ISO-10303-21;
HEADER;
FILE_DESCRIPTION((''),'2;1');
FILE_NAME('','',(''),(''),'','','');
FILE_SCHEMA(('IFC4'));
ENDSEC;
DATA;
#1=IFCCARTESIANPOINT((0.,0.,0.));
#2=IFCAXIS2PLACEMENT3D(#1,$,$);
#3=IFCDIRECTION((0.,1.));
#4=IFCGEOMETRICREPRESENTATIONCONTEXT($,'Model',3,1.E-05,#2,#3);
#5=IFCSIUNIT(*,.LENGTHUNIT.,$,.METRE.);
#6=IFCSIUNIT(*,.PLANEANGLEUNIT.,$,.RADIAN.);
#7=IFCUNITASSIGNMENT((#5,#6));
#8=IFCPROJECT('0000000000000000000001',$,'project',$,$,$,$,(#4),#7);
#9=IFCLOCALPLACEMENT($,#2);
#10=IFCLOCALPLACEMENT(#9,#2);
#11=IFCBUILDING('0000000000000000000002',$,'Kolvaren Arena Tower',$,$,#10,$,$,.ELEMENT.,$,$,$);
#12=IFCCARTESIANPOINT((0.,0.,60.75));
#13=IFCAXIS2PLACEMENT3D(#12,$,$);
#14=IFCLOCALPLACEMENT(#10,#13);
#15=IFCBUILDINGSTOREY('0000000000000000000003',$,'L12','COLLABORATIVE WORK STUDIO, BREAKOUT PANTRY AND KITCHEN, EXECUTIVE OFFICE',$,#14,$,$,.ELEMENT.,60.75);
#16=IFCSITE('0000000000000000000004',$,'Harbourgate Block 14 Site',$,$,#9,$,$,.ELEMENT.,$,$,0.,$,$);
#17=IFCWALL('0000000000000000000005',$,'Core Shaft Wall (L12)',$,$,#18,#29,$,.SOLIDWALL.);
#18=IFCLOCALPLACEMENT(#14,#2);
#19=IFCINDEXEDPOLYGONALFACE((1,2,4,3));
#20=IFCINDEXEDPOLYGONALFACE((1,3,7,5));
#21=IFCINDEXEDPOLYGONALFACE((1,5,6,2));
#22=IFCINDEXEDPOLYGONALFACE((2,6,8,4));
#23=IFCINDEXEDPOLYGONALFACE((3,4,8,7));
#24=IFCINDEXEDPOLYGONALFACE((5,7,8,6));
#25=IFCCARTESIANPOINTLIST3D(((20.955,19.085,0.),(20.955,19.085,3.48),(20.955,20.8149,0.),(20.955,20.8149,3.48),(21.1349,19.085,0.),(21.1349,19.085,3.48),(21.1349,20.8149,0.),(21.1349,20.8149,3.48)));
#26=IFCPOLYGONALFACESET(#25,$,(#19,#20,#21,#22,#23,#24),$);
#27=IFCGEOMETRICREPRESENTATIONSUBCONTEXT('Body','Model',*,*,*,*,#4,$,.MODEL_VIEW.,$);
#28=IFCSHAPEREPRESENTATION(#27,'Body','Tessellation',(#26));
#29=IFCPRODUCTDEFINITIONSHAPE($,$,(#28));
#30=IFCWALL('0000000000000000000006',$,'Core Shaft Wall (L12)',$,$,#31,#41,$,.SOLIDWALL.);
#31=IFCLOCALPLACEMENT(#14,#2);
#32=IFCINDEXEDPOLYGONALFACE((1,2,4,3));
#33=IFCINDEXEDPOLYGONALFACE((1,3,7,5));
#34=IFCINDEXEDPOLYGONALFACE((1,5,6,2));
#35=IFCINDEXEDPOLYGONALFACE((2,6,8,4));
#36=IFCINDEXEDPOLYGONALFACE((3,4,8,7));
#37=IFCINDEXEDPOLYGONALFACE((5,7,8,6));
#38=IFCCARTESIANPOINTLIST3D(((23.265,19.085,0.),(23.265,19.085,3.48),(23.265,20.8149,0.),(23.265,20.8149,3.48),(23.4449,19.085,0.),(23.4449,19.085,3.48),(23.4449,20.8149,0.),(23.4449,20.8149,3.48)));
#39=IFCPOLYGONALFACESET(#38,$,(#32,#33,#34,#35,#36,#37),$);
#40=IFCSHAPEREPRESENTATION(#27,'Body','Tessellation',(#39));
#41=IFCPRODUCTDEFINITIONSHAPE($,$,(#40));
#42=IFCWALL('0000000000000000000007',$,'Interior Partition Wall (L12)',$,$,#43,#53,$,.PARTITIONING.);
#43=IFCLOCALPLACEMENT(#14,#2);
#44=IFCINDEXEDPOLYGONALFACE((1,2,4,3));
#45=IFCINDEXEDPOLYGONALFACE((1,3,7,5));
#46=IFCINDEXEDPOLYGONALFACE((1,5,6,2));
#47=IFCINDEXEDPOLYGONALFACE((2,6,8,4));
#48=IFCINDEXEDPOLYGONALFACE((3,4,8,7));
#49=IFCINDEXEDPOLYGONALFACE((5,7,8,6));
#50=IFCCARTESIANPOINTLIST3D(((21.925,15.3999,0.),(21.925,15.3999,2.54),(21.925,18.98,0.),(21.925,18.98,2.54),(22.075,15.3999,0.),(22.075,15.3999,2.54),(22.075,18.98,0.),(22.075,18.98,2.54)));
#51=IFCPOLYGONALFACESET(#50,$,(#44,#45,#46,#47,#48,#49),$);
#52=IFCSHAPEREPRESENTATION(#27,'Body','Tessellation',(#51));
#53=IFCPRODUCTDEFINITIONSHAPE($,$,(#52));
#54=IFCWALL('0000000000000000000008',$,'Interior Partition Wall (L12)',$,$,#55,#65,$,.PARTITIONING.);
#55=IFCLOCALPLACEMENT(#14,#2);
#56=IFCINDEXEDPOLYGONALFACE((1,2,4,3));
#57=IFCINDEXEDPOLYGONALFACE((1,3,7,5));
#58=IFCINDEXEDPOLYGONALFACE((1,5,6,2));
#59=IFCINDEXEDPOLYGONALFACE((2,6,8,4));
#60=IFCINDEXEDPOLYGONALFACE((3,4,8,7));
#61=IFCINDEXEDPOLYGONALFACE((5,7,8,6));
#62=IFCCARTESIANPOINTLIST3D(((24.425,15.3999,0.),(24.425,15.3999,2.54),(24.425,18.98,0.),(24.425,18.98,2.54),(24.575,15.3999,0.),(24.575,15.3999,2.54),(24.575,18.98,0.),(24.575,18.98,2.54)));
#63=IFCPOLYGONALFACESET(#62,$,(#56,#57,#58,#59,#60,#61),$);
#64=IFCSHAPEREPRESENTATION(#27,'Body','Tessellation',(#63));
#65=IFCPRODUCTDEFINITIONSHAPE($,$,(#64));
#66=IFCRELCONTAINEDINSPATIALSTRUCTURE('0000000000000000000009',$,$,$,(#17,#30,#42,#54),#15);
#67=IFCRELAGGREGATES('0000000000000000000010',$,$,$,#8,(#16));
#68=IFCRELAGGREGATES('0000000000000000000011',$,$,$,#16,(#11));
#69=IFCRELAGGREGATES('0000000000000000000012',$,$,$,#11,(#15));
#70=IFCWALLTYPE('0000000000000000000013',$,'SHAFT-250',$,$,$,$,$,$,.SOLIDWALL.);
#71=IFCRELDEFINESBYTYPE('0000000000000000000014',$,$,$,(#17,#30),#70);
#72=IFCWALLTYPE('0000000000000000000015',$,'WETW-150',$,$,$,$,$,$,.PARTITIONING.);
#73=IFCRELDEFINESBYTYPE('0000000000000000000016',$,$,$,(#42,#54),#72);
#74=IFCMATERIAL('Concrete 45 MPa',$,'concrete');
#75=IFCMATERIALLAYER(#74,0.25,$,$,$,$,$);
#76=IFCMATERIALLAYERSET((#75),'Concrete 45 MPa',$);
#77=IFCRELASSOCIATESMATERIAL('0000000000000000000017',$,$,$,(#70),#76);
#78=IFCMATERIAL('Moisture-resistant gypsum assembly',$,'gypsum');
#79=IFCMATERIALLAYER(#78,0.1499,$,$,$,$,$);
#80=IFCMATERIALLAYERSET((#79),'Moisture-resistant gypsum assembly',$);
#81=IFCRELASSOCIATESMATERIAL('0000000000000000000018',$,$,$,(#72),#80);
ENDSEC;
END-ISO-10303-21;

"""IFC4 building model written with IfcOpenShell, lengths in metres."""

from ifc_helpers import new_model, si_unit, direction, frame, frame_2d, origin, place, context, subcontext, project, spatial, rectangle, extrude, material, layer, layer_set, type_object, element, save


model = new_model("IFC4")

# Units and contexts
model_context = context("Model", 3, precision=1e-05, world=origin(), true_north=direction((0.0, 1.0)))
body_context = subcontext(model_context, "Body", "Model", "MODEL_VIEW")
ifc_project = project(units=[si_unit("LENGTHUNIT", "METRE"), si_unit("PLANEANGLEUNIT", "RADIAN")], contexts=[model_context])

# Site, building, storey
site_placement = place(None, origin())
site = spatial("IfcSite", under=ifc_project, at=site_placement, Name="Harbourgate Block 14 Site", CompositionType="ELEMENT", RefElevation=0.0)
building_placement = place(site_placement, origin())
building = spatial("IfcBuilding", under=site, at=building_placement, Name="Kolvaren Arena Tower", CompositionType="ELEMENT")
storey_placement = place(building_placement, frame((0.0, 0.0, 60.75)))
storey = spatial("IfcBuildingStorey", under=building, at=storey_placement, Name="L12", Description="COLLABORATIVE WORK STUDIO, BREAKOUT PANTRY AND KITCHEN, EXECUTIVE OFFICE", CompositionType="ELEMENT", Elevation=60.75)

# Walls
ifc_material_1 = material(Name="Concrete 45 MPa", Category="concrete")
ifc_layer_1 = layer(ifc_material_1, 0.25)
ifc_layer_set_1 = layer_set([ifc_layer_1], Name="Concrete 45 MPa")
wall_type_1 = type_object("IfcWallType", Name="SHAFT-250", PredefinedType="SOLIDWALL", material=ifc_layer_set_1)
for number, where, z_axis, x_axis, name in (
    (1, (21.0449, 19.085, 0.0), (0.0, 0.0, 1.0), (0.0, 1.0, 0.0), "Core Shaft Wall (L12)"),
    (2, (23.355, 19.085, 0.0), (0.0, 0.0, 1.0), (0.0, 1.0, 0.0), "Core Shaft Wall (L12)"),
):
    element("IfcWall", number, at=place(storey_placement, frame(where, z_axis=z_axis, x_axis=x_axis)), inside=storey, type_object=wall_type_1, Name=name, PredefinedType="SOLIDWALL", context=body_context, shape_type="SweptSolid", body=[
        extrude(rectangle(XDim=1.73, YDim=0.1799, at=frame_2d((0.865, 0.0))), origin(), (0.0, 0.0, 1.0), 3.48),
    ])
ifc_material_2 = material(Name="Moisture-resistant gypsum assembly", Category="gypsum")
ifc_layer_2 = layer(ifc_material_2, 0.1499)
ifc_layer_set_2 = layer_set([ifc_layer_2], Name="Moisture-resistant gypsum assembly")
wall_type_2 = type_object("IfcWallType", Name="WETW-150", PredefinedType="PARTITIONING", material=ifc_layer_set_2)
for number, where, z_axis, x_axis, name in (
    (3, (22.0, 15.3999, 0.0), (0.0, 0.0, 1.0), (0.0, 1.0, 0.0), "Interior Partition Wall (L12)"),
    (4, (24.5, 15.3999, 0.0), (0.0, 0.0, 1.0), (0.0, 1.0, 0.0), "Interior Partition Wall (L12)"),
):
    element("IfcWall", number, at=place(storey_placement, frame(where, z_axis=z_axis, x_axis=x_axis)), inside=storey, type_object=wall_type_2, Name=name, PredefinedType="PARTITIONING", context=body_context, shape_type="SweptSolid", body=[
        extrude(rectangle(XDim=3.5801, YDim=0.1499, at=frame_2d((1.79, 0.0))), origin(), (0.0, 0.0, 1.0), 2.54),
    ])

save(model, "model.ifc")
